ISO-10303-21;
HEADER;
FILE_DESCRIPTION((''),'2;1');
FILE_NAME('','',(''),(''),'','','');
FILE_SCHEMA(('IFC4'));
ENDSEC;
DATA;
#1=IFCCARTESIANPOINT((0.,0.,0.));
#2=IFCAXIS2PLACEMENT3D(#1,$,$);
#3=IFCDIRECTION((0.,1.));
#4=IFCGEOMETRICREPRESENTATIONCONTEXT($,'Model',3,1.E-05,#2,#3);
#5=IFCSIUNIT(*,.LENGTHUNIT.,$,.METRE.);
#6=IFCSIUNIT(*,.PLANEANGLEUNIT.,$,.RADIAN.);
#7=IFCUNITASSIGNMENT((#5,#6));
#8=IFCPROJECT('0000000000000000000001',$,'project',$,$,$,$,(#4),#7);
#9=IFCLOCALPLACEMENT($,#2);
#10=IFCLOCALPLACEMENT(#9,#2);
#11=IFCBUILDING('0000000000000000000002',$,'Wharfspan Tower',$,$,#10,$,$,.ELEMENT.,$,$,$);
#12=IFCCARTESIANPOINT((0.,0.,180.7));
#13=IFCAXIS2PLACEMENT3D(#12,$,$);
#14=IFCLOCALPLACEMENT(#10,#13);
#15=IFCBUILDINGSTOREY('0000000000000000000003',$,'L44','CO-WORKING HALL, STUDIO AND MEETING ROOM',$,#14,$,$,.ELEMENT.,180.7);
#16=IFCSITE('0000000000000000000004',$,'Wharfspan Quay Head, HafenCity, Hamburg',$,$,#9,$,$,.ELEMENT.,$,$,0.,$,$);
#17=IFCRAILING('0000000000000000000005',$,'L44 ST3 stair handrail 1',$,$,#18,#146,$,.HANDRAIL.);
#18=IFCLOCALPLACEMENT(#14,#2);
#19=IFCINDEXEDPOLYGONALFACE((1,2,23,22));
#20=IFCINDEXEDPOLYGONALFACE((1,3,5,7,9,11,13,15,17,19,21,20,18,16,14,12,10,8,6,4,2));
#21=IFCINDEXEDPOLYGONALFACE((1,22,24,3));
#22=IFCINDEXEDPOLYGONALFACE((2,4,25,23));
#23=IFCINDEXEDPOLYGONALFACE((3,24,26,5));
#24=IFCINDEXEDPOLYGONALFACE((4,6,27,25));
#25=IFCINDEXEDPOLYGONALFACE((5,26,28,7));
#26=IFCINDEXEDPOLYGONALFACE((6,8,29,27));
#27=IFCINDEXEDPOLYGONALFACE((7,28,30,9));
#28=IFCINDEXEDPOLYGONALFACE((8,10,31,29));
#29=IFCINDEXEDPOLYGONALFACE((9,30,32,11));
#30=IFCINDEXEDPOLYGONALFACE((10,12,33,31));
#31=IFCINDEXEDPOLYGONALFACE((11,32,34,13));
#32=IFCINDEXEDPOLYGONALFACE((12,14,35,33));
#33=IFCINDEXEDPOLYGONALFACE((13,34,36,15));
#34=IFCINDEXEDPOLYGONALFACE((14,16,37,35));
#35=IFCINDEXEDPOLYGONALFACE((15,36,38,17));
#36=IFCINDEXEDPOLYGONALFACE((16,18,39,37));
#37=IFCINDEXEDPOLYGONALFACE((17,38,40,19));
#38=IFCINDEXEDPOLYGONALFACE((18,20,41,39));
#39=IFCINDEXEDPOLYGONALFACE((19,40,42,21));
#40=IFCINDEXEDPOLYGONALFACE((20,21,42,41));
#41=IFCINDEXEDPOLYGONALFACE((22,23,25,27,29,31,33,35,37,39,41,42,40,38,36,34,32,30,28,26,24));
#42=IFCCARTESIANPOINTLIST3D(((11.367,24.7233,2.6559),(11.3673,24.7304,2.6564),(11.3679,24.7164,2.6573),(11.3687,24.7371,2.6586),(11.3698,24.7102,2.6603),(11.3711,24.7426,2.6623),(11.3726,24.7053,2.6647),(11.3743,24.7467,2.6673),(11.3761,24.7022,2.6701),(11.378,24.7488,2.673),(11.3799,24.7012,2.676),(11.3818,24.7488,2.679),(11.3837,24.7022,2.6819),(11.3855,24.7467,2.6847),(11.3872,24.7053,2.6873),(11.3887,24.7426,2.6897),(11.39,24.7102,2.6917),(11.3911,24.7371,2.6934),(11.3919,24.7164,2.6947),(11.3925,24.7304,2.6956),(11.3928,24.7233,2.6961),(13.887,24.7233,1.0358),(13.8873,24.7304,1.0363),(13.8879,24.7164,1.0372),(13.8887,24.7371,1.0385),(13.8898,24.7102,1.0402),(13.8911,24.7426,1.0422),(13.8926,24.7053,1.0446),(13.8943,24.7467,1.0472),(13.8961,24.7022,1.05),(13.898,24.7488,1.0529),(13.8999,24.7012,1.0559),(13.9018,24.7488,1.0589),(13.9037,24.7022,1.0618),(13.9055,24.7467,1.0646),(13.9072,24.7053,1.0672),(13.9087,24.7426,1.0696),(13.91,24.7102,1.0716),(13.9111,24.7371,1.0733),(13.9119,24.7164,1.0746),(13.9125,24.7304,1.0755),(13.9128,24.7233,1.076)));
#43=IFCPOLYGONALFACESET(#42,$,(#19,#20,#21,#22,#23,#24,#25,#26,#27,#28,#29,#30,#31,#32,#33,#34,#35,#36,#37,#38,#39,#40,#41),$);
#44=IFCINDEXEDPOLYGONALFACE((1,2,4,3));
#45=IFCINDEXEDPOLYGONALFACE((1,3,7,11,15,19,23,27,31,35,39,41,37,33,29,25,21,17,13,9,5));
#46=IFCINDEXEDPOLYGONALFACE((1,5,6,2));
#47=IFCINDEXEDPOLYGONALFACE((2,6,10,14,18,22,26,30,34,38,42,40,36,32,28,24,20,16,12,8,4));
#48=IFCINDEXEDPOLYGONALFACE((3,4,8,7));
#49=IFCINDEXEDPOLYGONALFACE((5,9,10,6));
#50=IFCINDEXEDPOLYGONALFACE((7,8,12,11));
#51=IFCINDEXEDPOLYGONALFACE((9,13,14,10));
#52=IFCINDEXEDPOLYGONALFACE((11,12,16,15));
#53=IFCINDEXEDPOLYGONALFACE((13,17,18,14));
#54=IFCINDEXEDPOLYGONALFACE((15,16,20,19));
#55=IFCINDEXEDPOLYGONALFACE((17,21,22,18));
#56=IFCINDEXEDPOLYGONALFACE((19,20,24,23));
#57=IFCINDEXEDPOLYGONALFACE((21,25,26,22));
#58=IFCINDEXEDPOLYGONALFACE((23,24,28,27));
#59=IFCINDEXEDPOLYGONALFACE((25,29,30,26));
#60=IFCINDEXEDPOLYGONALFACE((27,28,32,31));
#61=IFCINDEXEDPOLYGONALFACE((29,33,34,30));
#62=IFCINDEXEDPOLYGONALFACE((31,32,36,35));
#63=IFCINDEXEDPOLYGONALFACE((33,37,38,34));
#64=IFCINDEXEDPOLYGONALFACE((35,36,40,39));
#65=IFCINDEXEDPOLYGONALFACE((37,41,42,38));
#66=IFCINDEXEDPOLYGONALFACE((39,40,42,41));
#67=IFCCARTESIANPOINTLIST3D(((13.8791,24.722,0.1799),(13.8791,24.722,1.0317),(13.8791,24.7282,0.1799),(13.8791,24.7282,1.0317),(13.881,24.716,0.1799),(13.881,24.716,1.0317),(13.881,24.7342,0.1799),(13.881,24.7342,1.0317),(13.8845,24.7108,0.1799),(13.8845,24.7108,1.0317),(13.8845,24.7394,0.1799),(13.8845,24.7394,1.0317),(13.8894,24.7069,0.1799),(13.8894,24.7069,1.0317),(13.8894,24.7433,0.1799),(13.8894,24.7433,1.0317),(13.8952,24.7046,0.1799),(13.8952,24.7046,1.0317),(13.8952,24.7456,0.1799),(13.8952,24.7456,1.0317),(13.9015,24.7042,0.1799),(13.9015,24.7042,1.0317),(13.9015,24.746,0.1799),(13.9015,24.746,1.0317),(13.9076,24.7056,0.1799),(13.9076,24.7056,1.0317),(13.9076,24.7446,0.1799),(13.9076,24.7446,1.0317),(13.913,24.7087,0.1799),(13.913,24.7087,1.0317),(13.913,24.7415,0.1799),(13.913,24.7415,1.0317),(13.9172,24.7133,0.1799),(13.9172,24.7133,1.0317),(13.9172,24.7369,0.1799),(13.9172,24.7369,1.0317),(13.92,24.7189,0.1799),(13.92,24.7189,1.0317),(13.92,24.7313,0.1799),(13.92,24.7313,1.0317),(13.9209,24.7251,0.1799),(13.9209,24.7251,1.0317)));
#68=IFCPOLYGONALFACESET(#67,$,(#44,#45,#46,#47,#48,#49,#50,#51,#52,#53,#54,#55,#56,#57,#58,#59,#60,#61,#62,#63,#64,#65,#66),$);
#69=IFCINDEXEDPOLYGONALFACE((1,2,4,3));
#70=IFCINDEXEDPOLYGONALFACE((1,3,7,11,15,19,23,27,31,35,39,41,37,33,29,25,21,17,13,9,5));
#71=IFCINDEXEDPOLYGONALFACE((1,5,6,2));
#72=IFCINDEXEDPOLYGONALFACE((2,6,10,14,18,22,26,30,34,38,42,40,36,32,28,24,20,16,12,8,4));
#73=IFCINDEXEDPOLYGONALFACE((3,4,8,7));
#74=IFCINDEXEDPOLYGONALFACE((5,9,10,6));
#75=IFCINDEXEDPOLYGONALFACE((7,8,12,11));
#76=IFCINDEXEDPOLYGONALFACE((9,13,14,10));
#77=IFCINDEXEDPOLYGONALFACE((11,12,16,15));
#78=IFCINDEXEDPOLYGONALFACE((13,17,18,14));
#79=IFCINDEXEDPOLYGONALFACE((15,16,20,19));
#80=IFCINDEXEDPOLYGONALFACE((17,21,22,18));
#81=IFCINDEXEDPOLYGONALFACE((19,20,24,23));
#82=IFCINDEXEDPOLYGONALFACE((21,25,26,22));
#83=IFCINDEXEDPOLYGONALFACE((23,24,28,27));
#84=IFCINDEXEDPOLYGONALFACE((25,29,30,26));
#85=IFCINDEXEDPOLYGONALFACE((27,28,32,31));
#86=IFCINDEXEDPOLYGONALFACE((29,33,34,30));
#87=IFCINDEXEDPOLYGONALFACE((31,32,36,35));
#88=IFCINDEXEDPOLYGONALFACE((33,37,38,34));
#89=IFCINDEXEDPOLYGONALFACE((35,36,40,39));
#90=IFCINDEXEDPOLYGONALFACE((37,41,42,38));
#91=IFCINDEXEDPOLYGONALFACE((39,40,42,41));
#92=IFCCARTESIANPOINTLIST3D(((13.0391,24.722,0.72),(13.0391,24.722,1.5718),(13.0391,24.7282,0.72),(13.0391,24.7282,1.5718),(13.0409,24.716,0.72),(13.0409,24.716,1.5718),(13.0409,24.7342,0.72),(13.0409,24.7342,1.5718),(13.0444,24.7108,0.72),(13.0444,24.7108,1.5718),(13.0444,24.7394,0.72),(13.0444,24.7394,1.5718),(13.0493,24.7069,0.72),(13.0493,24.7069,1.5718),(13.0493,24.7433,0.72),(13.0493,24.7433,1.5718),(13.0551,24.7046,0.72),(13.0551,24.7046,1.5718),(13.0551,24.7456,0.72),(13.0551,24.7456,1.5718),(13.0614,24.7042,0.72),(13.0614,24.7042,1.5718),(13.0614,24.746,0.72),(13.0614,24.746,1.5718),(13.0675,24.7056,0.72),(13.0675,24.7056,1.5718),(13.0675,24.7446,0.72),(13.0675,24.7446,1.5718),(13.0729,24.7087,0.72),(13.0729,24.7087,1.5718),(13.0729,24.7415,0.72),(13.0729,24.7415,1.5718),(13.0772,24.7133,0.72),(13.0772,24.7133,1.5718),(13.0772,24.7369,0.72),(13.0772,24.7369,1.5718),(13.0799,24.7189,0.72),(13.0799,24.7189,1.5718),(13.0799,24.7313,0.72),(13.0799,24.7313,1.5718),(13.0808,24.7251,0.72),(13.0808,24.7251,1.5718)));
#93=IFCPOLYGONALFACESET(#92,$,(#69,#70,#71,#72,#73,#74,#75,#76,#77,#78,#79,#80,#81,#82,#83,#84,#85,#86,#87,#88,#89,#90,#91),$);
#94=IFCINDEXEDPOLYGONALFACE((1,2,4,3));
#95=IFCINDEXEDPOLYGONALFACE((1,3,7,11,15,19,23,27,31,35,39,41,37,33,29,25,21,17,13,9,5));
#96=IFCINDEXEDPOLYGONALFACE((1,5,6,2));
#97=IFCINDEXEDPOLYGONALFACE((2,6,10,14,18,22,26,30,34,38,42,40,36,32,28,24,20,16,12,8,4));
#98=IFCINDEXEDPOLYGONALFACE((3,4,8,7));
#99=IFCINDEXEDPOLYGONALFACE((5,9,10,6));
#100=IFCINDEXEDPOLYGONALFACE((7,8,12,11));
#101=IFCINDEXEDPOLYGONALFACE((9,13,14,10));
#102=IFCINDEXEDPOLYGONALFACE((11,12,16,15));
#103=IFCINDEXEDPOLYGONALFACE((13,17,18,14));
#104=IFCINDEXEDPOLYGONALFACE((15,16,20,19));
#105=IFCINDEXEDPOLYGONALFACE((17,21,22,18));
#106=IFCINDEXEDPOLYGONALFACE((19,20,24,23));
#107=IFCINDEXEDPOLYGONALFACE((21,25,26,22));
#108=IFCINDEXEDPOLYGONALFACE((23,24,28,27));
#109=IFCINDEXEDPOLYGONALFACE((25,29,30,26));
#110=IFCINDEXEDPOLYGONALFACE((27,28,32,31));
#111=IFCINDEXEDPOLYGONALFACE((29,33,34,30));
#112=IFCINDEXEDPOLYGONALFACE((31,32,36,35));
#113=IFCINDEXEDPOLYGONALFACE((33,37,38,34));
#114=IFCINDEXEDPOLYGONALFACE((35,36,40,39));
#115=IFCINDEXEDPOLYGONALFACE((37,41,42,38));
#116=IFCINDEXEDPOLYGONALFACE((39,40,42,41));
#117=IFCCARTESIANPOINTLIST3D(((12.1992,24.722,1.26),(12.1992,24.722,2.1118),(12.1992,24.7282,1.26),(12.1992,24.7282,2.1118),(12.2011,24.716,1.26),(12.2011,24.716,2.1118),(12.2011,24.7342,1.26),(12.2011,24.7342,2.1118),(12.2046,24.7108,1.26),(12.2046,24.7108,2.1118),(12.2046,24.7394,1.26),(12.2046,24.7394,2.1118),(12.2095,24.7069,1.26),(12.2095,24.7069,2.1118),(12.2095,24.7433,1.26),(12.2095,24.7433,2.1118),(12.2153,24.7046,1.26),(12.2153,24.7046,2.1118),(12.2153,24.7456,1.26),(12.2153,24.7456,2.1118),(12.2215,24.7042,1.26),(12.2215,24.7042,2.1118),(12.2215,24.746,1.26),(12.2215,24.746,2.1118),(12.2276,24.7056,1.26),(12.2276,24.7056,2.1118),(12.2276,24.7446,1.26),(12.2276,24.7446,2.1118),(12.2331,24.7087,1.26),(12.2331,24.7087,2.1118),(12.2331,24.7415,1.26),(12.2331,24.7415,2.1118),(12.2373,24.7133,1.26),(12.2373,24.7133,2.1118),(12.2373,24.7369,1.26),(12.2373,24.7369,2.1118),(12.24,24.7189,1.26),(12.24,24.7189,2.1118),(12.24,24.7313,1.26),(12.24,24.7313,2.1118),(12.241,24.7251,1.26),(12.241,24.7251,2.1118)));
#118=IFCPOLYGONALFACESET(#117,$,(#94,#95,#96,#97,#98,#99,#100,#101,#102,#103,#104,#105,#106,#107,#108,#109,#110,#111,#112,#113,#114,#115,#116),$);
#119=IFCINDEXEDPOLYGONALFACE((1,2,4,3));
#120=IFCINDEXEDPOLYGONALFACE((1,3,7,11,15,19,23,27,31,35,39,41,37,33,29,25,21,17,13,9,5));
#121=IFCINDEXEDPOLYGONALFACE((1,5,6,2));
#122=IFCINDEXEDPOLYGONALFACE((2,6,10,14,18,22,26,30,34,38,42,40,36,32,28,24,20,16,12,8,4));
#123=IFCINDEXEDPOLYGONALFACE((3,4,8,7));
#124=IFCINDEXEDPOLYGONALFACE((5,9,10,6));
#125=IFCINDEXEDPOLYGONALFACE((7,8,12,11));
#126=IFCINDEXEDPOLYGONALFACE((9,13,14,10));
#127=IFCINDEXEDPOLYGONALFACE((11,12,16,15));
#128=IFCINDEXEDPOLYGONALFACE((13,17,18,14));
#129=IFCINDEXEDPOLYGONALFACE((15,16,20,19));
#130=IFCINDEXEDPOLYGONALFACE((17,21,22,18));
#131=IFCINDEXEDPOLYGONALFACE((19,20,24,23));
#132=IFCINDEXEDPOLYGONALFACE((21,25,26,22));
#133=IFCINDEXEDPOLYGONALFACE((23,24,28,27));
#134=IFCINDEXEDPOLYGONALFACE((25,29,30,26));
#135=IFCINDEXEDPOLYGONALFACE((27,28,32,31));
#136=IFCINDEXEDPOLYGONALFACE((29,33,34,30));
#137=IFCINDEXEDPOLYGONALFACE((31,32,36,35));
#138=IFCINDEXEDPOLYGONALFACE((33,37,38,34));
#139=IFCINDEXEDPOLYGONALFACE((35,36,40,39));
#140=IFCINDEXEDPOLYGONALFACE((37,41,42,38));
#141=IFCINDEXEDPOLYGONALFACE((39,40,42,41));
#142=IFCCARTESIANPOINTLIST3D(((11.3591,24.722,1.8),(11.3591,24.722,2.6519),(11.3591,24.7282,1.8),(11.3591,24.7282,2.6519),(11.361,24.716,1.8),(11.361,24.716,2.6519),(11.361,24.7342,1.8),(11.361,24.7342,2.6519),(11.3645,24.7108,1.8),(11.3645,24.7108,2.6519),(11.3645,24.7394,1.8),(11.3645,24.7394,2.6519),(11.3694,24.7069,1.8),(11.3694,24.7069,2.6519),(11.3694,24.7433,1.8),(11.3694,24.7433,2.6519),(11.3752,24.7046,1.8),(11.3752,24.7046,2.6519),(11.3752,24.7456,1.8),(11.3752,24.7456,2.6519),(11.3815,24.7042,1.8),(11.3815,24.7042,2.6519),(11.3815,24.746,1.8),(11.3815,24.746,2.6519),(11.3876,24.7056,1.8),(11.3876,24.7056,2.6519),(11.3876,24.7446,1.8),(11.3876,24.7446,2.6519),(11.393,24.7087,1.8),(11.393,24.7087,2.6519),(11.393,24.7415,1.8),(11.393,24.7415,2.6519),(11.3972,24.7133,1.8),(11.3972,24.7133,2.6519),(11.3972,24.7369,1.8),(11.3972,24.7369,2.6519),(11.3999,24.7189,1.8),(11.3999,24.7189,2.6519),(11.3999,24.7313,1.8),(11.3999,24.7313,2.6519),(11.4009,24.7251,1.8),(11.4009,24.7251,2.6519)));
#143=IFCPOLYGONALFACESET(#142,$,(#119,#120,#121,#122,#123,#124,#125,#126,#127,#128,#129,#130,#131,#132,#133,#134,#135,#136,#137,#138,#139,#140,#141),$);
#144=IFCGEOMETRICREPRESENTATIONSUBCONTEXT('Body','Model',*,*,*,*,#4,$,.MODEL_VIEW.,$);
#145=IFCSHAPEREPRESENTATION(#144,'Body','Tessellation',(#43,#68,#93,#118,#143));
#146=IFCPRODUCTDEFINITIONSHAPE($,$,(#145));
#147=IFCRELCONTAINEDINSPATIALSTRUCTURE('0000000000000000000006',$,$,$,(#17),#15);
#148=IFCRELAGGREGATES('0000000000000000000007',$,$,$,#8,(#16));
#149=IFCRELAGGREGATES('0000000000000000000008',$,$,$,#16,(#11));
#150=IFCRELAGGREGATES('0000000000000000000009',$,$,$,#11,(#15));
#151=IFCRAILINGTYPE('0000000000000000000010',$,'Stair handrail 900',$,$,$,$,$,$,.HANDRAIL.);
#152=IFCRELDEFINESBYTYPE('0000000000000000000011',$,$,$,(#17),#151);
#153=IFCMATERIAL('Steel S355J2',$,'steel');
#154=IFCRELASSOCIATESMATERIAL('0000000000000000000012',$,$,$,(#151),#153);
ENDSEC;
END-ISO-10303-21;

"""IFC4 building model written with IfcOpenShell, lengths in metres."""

from ifc_helpers import new_model, si_unit, direction, frame, origin, origin_2d, place, context, subcontext, project, spatial, circle, extrude, material, type_object, element, save


model = new_model("IFC4")

# Units and contexts
model_context = context("Model", 3, precision=1e-05, world=origin(), true_north=direction((0.0, 1.0)))
body_context = subcontext(model_context, "Body", "Model", "MODEL_VIEW")
ifc_project = project(units=[si_unit("LENGTHUNIT", "METRE"), si_unit("PLANEANGLEUNIT", "RADIAN")], contexts=[model_context])

# Site, building, storey
site_placement = place(None, origin())
site = spatial("IfcSite", under=ifc_project, at=site_placement, Name="Wharfspan Quay Head, HafenCity, Hamburg", CompositionType="ELEMENT", RefElevation=0.0)
building_placement = place(site_placement, origin())
building = spatial("IfcBuilding", under=site, at=building_placement, Name="Wharfspan Tower", CompositionType="ELEMENT")
storey_placement = place(building_placement, frame((0.0, 0.0, 180.7)))
storey = spatial("IfcBuildingStorey", under=building, at=storey_placement, Name="L44", Description="CO-WORKING HALL, STUDIO AND MEETING ROOM", CompositionType="ELEMENT", Elevation=180.7)

# Railing
ifc_material_1 = material(Name="Steel S355J2", Category="steel")
railing_type_1 = type_object("IfcRailingType", Name="Stair handrail 900", PredefinedType="HANDRAIL", material=ifc_material_1)
railing_1_placement = place(storey_placement, frame((13.8999, 24.7251, 0.1799)))
element("IfcRailing", 1, at=railing_1_placement, inside=storey, type_object=railing_type_1, Name="L44 ST3 stair handrail 1", PredefinedType="HANDRAIL", context=body_context, shape_type="SweptSolid", body=[
    extrude(circle(Radius=0.0239, at=origin_2d()), frame((0.0, 0.0, 0.876), z_axis=(-0.841163, 0.0, 0.540782), x_axis=(0.0, -1.0, 0.0)), (0.0, 0.0, 1.0), 2.9958),
    extrude(circle(Radius=0.021, at=origin_2d()), origin(), (0.0, 0.0, 1.0), 0.8518),
    extrude(circle(Radius=0.021, at=origin_2d()), frame((-0.8401, 0.0, 0.54)), (0.0, 0.0, 1.0), 0.8518),
    extrude(circle(Radius=0.021, at=origin_2d()), frame((-1.6799, 0.0, 1.0801)), (0.0, 0.0, 1.0), 0.8518),
    extrude(circle(Radius=0.021, at=origin_2d()), frame((-2.52, 0.0, 1.6201)), (0.0, 0.0, 1.0), 0.8518),
])

save(model, "model.ifc")
